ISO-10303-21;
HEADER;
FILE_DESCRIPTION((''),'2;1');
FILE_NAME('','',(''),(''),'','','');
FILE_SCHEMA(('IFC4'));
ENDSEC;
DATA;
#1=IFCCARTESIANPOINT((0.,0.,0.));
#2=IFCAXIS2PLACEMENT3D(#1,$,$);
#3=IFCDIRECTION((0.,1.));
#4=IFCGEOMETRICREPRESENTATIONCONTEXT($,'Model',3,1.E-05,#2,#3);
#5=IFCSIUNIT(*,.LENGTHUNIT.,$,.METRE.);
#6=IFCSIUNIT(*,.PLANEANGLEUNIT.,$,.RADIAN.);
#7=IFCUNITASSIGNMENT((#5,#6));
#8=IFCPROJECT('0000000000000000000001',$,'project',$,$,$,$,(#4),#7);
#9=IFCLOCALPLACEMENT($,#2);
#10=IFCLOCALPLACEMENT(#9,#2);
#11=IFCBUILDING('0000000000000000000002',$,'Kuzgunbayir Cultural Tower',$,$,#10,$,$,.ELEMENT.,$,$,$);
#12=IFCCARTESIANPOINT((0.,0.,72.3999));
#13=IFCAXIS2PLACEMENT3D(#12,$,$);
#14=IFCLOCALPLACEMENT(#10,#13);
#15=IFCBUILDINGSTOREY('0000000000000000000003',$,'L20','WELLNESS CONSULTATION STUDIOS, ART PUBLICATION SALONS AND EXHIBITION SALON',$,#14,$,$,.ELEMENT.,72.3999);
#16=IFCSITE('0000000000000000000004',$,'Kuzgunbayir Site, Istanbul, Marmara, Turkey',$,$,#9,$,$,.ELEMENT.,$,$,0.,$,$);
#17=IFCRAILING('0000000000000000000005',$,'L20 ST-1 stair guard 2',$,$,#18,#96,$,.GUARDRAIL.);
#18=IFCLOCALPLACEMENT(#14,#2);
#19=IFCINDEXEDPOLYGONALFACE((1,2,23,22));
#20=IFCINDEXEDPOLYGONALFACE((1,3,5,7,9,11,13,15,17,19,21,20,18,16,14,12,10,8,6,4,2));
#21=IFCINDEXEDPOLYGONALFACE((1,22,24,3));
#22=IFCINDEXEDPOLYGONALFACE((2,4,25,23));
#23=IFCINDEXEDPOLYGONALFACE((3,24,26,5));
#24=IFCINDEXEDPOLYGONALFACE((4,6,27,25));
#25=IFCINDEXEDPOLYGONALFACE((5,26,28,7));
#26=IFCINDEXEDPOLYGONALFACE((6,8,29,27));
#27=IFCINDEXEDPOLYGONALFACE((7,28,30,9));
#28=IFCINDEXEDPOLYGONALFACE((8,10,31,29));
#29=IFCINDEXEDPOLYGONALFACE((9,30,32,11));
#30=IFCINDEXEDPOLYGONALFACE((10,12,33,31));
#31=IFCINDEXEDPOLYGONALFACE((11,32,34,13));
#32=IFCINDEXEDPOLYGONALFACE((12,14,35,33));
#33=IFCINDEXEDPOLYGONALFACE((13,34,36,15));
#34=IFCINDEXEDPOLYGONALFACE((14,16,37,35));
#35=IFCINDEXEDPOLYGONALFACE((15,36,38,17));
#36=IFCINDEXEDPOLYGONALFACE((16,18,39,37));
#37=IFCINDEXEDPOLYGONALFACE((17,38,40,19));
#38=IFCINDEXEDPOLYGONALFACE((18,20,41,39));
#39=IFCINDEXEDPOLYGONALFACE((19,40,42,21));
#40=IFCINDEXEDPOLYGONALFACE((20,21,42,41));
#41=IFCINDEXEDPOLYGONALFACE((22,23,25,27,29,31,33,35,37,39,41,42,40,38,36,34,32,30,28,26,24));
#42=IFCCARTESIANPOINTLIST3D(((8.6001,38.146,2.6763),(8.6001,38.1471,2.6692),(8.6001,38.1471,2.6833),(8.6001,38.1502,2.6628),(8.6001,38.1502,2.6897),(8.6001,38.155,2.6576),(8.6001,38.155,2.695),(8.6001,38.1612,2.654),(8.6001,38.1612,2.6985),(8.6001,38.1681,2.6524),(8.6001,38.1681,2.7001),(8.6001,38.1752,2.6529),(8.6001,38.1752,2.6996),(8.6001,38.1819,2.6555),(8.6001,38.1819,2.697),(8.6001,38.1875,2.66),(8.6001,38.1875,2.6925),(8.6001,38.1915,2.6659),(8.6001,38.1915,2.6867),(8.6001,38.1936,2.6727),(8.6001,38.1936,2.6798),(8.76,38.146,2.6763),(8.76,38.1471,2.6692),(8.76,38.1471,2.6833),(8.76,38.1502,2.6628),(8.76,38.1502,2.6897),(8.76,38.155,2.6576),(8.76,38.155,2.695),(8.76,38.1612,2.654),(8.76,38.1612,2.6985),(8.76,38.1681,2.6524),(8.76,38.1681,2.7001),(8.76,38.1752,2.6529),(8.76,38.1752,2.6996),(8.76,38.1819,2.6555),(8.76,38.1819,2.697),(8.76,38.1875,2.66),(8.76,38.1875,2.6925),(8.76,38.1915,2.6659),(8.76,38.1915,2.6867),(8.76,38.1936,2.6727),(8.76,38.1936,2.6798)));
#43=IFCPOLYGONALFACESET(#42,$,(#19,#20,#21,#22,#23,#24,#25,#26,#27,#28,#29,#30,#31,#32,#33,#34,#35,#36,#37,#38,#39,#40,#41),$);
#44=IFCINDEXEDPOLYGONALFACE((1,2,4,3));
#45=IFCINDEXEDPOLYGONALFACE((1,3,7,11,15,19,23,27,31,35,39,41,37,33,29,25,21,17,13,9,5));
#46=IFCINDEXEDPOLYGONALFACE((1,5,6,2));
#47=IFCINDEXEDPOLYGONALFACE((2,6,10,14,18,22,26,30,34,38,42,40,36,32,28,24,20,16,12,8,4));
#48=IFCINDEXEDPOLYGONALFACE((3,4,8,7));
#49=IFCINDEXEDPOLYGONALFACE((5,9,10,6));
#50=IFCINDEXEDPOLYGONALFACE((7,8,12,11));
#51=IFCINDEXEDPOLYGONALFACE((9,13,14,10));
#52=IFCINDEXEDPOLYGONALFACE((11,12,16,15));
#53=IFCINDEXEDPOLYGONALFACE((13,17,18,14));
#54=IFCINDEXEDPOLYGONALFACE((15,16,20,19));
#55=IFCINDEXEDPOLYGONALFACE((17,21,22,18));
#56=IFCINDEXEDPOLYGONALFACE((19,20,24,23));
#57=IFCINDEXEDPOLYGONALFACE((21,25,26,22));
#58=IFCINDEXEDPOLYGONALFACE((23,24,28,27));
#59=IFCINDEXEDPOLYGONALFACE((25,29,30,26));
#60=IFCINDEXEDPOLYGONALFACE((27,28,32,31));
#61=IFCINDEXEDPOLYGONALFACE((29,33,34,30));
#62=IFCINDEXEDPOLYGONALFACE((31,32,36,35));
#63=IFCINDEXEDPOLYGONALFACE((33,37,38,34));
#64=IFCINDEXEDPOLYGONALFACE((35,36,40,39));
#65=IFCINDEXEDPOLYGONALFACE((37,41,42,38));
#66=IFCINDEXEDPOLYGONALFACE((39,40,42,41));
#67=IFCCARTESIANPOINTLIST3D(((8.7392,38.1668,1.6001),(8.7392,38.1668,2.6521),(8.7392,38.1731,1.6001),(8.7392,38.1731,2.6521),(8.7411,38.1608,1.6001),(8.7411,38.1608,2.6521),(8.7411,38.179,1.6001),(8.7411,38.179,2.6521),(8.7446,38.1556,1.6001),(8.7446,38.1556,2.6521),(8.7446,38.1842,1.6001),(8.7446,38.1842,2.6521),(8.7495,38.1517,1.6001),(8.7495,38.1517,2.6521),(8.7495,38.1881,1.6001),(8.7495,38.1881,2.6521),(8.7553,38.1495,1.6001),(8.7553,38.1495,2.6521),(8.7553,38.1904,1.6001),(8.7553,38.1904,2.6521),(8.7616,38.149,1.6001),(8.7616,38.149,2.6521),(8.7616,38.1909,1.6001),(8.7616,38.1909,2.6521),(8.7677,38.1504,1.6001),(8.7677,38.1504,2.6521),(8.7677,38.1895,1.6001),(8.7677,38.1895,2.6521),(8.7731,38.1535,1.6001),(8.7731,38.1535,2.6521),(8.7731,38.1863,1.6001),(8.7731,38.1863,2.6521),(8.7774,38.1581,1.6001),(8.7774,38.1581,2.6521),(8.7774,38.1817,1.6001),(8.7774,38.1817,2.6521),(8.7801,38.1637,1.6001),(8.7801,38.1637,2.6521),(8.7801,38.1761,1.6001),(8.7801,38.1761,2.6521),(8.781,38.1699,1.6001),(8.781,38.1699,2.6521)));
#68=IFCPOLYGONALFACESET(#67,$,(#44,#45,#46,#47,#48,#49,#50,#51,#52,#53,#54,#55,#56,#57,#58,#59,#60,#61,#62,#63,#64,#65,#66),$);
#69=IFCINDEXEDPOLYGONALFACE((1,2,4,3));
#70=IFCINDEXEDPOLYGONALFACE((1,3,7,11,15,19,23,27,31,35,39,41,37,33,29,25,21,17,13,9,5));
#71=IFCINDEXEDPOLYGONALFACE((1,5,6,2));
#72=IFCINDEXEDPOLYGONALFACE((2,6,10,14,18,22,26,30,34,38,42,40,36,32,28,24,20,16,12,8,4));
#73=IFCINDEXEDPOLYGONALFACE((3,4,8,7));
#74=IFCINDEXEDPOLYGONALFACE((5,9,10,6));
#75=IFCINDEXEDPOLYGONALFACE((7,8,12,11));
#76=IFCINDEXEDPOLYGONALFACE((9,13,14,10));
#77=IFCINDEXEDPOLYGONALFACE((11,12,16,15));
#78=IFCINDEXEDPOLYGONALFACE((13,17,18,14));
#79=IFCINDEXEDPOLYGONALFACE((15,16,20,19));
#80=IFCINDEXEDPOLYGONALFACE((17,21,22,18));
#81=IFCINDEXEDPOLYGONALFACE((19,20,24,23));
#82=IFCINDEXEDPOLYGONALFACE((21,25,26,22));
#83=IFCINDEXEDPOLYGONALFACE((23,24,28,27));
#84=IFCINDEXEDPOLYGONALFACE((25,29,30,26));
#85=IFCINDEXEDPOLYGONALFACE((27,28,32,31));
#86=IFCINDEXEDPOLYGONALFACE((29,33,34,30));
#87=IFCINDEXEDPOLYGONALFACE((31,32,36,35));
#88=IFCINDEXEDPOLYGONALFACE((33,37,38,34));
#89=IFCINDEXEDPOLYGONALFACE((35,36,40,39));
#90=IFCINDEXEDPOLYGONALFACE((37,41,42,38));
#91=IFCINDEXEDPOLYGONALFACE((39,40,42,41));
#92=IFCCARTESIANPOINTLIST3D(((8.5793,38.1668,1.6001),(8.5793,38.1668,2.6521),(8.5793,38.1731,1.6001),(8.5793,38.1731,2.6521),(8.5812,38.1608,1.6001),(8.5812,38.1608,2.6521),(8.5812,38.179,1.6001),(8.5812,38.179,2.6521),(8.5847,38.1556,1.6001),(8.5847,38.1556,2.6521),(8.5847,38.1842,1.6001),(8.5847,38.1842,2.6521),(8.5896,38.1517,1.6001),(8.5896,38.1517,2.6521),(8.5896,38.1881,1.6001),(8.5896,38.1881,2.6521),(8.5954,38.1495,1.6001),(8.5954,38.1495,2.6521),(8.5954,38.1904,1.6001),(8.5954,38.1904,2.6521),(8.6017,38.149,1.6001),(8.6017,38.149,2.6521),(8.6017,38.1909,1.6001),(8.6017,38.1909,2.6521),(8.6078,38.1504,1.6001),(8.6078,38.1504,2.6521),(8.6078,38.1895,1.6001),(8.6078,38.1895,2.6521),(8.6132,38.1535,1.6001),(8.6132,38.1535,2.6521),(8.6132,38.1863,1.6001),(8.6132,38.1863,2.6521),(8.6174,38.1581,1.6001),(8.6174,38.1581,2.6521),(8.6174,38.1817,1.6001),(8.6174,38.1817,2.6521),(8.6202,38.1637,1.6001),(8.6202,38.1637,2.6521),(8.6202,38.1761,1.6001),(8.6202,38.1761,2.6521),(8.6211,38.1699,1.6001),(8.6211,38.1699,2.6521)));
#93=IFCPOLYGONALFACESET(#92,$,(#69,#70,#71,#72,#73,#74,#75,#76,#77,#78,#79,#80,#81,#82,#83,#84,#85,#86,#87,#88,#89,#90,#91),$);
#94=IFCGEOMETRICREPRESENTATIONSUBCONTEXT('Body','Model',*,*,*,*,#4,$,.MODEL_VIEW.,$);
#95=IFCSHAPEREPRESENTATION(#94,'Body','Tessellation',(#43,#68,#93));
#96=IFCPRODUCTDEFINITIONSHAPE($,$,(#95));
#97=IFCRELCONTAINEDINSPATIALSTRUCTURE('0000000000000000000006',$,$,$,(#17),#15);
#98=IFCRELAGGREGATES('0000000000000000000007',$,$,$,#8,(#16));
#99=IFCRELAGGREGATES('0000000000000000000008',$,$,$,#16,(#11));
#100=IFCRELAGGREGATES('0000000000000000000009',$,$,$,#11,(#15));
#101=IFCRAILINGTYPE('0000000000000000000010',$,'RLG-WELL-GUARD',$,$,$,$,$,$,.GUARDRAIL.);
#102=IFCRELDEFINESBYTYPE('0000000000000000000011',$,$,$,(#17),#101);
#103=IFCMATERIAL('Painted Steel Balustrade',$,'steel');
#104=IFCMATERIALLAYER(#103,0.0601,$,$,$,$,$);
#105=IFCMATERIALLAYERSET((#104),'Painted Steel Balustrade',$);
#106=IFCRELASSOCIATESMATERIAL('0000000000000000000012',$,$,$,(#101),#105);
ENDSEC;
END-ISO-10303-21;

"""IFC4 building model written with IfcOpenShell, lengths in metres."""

from ifc_helpers import new_model, si_unit, direction, frame, origin, origin_2d, place, context, subcontext, project, spatial, circle, extrude, material, layer, layer_set, type_object, element, save


model = new_model("IFC4")

# Units and contexts
model_context = context("Model", 3, precision=1e-05, world=origin(), true_north=direction((0.0, 1.0)))
body_context = subcontext(model_context, "Body", "Model", "MODEL_VIEW")
ifc_project = project(units=[si_unit("LENGTHUNIT", "METRE"), si_unit("PLANEANGLEUNIT", "RADIAN")], contexts=[model_context])

# Site, building, storey
site_placement = place(None, origin())
site = spatial("IfcSite", under=ifc_project, at=site_placement, Name="Kuzgunbayir Site, Istanbul, Marmara, Turkey", CompositionType="ELEMENT", RefElevation=0.0)
building_placement = place(site_placement, origin())
building = spatial("IfcBuilding", under=site, at=building_placement, Name="Kuzgunbayir Cultural Tower", CompositionType="ELEMENT")
storey_placement = place(building_placement, frame((0.0, 0.0, 72.3999)))
storey = spatial("IfcBuildingStorey", under=building, at=storey_placement, Name="L20", Description="WELLNESS CONSULTATION STUDIOS, ART PUBLICATION SALONS AND EXHIBITION SALON", CompositionType="ELEMENT", Elevation=72.3999)

# Railing
ifc_material_1 = material(Name="Painted Steel Balustrade", Category="steel")
ifc_layer_1 = layer(ifc_material_1, 0.0601)
ifc_layer_set_1 = layer_set([ifc_layer_1], Name="Painted Steel Balustrade")
railing_type_1 = type_object("IfcRailingType", Name="RLG-WELL-GUARD", PredefinedType="GUARDRAIL", material=ifc_layer_set_1)
railing_1_placement = place(storey_placement, frame((8.76, 38.1699, 1.6001)))
element("IfcRailing", 1, at=railing_1_placement, inside=storey, type_object=railing_type_1, Name="L20 ST-1 stair guard 2", PredefinedType="GUARDRAIL", context=body_context, shape_type="SweptSolid", body=[
    extrude(circle(Radius=0.0239, at=origin_2d()), frame((0.0, 0.0, 1.0762), z_axis=(-1.0, 0.0, 0.0), x_axis=(0.0, -1.0, 0.0)), (0.0, 0.0, 1.0), 0.1599),
    extrude(circle(Radius=0.021, at=origin_2d()), origin(), (0.0, 0.0, 1.0), 1.052),
    extrude(circle(Radius=0.021, at=origin_2d()), frame((-0.1599, 0.0, 0.0)), (0.0, 0.0, 1.0), 1.052),
])

save(model, "model.ifc")
